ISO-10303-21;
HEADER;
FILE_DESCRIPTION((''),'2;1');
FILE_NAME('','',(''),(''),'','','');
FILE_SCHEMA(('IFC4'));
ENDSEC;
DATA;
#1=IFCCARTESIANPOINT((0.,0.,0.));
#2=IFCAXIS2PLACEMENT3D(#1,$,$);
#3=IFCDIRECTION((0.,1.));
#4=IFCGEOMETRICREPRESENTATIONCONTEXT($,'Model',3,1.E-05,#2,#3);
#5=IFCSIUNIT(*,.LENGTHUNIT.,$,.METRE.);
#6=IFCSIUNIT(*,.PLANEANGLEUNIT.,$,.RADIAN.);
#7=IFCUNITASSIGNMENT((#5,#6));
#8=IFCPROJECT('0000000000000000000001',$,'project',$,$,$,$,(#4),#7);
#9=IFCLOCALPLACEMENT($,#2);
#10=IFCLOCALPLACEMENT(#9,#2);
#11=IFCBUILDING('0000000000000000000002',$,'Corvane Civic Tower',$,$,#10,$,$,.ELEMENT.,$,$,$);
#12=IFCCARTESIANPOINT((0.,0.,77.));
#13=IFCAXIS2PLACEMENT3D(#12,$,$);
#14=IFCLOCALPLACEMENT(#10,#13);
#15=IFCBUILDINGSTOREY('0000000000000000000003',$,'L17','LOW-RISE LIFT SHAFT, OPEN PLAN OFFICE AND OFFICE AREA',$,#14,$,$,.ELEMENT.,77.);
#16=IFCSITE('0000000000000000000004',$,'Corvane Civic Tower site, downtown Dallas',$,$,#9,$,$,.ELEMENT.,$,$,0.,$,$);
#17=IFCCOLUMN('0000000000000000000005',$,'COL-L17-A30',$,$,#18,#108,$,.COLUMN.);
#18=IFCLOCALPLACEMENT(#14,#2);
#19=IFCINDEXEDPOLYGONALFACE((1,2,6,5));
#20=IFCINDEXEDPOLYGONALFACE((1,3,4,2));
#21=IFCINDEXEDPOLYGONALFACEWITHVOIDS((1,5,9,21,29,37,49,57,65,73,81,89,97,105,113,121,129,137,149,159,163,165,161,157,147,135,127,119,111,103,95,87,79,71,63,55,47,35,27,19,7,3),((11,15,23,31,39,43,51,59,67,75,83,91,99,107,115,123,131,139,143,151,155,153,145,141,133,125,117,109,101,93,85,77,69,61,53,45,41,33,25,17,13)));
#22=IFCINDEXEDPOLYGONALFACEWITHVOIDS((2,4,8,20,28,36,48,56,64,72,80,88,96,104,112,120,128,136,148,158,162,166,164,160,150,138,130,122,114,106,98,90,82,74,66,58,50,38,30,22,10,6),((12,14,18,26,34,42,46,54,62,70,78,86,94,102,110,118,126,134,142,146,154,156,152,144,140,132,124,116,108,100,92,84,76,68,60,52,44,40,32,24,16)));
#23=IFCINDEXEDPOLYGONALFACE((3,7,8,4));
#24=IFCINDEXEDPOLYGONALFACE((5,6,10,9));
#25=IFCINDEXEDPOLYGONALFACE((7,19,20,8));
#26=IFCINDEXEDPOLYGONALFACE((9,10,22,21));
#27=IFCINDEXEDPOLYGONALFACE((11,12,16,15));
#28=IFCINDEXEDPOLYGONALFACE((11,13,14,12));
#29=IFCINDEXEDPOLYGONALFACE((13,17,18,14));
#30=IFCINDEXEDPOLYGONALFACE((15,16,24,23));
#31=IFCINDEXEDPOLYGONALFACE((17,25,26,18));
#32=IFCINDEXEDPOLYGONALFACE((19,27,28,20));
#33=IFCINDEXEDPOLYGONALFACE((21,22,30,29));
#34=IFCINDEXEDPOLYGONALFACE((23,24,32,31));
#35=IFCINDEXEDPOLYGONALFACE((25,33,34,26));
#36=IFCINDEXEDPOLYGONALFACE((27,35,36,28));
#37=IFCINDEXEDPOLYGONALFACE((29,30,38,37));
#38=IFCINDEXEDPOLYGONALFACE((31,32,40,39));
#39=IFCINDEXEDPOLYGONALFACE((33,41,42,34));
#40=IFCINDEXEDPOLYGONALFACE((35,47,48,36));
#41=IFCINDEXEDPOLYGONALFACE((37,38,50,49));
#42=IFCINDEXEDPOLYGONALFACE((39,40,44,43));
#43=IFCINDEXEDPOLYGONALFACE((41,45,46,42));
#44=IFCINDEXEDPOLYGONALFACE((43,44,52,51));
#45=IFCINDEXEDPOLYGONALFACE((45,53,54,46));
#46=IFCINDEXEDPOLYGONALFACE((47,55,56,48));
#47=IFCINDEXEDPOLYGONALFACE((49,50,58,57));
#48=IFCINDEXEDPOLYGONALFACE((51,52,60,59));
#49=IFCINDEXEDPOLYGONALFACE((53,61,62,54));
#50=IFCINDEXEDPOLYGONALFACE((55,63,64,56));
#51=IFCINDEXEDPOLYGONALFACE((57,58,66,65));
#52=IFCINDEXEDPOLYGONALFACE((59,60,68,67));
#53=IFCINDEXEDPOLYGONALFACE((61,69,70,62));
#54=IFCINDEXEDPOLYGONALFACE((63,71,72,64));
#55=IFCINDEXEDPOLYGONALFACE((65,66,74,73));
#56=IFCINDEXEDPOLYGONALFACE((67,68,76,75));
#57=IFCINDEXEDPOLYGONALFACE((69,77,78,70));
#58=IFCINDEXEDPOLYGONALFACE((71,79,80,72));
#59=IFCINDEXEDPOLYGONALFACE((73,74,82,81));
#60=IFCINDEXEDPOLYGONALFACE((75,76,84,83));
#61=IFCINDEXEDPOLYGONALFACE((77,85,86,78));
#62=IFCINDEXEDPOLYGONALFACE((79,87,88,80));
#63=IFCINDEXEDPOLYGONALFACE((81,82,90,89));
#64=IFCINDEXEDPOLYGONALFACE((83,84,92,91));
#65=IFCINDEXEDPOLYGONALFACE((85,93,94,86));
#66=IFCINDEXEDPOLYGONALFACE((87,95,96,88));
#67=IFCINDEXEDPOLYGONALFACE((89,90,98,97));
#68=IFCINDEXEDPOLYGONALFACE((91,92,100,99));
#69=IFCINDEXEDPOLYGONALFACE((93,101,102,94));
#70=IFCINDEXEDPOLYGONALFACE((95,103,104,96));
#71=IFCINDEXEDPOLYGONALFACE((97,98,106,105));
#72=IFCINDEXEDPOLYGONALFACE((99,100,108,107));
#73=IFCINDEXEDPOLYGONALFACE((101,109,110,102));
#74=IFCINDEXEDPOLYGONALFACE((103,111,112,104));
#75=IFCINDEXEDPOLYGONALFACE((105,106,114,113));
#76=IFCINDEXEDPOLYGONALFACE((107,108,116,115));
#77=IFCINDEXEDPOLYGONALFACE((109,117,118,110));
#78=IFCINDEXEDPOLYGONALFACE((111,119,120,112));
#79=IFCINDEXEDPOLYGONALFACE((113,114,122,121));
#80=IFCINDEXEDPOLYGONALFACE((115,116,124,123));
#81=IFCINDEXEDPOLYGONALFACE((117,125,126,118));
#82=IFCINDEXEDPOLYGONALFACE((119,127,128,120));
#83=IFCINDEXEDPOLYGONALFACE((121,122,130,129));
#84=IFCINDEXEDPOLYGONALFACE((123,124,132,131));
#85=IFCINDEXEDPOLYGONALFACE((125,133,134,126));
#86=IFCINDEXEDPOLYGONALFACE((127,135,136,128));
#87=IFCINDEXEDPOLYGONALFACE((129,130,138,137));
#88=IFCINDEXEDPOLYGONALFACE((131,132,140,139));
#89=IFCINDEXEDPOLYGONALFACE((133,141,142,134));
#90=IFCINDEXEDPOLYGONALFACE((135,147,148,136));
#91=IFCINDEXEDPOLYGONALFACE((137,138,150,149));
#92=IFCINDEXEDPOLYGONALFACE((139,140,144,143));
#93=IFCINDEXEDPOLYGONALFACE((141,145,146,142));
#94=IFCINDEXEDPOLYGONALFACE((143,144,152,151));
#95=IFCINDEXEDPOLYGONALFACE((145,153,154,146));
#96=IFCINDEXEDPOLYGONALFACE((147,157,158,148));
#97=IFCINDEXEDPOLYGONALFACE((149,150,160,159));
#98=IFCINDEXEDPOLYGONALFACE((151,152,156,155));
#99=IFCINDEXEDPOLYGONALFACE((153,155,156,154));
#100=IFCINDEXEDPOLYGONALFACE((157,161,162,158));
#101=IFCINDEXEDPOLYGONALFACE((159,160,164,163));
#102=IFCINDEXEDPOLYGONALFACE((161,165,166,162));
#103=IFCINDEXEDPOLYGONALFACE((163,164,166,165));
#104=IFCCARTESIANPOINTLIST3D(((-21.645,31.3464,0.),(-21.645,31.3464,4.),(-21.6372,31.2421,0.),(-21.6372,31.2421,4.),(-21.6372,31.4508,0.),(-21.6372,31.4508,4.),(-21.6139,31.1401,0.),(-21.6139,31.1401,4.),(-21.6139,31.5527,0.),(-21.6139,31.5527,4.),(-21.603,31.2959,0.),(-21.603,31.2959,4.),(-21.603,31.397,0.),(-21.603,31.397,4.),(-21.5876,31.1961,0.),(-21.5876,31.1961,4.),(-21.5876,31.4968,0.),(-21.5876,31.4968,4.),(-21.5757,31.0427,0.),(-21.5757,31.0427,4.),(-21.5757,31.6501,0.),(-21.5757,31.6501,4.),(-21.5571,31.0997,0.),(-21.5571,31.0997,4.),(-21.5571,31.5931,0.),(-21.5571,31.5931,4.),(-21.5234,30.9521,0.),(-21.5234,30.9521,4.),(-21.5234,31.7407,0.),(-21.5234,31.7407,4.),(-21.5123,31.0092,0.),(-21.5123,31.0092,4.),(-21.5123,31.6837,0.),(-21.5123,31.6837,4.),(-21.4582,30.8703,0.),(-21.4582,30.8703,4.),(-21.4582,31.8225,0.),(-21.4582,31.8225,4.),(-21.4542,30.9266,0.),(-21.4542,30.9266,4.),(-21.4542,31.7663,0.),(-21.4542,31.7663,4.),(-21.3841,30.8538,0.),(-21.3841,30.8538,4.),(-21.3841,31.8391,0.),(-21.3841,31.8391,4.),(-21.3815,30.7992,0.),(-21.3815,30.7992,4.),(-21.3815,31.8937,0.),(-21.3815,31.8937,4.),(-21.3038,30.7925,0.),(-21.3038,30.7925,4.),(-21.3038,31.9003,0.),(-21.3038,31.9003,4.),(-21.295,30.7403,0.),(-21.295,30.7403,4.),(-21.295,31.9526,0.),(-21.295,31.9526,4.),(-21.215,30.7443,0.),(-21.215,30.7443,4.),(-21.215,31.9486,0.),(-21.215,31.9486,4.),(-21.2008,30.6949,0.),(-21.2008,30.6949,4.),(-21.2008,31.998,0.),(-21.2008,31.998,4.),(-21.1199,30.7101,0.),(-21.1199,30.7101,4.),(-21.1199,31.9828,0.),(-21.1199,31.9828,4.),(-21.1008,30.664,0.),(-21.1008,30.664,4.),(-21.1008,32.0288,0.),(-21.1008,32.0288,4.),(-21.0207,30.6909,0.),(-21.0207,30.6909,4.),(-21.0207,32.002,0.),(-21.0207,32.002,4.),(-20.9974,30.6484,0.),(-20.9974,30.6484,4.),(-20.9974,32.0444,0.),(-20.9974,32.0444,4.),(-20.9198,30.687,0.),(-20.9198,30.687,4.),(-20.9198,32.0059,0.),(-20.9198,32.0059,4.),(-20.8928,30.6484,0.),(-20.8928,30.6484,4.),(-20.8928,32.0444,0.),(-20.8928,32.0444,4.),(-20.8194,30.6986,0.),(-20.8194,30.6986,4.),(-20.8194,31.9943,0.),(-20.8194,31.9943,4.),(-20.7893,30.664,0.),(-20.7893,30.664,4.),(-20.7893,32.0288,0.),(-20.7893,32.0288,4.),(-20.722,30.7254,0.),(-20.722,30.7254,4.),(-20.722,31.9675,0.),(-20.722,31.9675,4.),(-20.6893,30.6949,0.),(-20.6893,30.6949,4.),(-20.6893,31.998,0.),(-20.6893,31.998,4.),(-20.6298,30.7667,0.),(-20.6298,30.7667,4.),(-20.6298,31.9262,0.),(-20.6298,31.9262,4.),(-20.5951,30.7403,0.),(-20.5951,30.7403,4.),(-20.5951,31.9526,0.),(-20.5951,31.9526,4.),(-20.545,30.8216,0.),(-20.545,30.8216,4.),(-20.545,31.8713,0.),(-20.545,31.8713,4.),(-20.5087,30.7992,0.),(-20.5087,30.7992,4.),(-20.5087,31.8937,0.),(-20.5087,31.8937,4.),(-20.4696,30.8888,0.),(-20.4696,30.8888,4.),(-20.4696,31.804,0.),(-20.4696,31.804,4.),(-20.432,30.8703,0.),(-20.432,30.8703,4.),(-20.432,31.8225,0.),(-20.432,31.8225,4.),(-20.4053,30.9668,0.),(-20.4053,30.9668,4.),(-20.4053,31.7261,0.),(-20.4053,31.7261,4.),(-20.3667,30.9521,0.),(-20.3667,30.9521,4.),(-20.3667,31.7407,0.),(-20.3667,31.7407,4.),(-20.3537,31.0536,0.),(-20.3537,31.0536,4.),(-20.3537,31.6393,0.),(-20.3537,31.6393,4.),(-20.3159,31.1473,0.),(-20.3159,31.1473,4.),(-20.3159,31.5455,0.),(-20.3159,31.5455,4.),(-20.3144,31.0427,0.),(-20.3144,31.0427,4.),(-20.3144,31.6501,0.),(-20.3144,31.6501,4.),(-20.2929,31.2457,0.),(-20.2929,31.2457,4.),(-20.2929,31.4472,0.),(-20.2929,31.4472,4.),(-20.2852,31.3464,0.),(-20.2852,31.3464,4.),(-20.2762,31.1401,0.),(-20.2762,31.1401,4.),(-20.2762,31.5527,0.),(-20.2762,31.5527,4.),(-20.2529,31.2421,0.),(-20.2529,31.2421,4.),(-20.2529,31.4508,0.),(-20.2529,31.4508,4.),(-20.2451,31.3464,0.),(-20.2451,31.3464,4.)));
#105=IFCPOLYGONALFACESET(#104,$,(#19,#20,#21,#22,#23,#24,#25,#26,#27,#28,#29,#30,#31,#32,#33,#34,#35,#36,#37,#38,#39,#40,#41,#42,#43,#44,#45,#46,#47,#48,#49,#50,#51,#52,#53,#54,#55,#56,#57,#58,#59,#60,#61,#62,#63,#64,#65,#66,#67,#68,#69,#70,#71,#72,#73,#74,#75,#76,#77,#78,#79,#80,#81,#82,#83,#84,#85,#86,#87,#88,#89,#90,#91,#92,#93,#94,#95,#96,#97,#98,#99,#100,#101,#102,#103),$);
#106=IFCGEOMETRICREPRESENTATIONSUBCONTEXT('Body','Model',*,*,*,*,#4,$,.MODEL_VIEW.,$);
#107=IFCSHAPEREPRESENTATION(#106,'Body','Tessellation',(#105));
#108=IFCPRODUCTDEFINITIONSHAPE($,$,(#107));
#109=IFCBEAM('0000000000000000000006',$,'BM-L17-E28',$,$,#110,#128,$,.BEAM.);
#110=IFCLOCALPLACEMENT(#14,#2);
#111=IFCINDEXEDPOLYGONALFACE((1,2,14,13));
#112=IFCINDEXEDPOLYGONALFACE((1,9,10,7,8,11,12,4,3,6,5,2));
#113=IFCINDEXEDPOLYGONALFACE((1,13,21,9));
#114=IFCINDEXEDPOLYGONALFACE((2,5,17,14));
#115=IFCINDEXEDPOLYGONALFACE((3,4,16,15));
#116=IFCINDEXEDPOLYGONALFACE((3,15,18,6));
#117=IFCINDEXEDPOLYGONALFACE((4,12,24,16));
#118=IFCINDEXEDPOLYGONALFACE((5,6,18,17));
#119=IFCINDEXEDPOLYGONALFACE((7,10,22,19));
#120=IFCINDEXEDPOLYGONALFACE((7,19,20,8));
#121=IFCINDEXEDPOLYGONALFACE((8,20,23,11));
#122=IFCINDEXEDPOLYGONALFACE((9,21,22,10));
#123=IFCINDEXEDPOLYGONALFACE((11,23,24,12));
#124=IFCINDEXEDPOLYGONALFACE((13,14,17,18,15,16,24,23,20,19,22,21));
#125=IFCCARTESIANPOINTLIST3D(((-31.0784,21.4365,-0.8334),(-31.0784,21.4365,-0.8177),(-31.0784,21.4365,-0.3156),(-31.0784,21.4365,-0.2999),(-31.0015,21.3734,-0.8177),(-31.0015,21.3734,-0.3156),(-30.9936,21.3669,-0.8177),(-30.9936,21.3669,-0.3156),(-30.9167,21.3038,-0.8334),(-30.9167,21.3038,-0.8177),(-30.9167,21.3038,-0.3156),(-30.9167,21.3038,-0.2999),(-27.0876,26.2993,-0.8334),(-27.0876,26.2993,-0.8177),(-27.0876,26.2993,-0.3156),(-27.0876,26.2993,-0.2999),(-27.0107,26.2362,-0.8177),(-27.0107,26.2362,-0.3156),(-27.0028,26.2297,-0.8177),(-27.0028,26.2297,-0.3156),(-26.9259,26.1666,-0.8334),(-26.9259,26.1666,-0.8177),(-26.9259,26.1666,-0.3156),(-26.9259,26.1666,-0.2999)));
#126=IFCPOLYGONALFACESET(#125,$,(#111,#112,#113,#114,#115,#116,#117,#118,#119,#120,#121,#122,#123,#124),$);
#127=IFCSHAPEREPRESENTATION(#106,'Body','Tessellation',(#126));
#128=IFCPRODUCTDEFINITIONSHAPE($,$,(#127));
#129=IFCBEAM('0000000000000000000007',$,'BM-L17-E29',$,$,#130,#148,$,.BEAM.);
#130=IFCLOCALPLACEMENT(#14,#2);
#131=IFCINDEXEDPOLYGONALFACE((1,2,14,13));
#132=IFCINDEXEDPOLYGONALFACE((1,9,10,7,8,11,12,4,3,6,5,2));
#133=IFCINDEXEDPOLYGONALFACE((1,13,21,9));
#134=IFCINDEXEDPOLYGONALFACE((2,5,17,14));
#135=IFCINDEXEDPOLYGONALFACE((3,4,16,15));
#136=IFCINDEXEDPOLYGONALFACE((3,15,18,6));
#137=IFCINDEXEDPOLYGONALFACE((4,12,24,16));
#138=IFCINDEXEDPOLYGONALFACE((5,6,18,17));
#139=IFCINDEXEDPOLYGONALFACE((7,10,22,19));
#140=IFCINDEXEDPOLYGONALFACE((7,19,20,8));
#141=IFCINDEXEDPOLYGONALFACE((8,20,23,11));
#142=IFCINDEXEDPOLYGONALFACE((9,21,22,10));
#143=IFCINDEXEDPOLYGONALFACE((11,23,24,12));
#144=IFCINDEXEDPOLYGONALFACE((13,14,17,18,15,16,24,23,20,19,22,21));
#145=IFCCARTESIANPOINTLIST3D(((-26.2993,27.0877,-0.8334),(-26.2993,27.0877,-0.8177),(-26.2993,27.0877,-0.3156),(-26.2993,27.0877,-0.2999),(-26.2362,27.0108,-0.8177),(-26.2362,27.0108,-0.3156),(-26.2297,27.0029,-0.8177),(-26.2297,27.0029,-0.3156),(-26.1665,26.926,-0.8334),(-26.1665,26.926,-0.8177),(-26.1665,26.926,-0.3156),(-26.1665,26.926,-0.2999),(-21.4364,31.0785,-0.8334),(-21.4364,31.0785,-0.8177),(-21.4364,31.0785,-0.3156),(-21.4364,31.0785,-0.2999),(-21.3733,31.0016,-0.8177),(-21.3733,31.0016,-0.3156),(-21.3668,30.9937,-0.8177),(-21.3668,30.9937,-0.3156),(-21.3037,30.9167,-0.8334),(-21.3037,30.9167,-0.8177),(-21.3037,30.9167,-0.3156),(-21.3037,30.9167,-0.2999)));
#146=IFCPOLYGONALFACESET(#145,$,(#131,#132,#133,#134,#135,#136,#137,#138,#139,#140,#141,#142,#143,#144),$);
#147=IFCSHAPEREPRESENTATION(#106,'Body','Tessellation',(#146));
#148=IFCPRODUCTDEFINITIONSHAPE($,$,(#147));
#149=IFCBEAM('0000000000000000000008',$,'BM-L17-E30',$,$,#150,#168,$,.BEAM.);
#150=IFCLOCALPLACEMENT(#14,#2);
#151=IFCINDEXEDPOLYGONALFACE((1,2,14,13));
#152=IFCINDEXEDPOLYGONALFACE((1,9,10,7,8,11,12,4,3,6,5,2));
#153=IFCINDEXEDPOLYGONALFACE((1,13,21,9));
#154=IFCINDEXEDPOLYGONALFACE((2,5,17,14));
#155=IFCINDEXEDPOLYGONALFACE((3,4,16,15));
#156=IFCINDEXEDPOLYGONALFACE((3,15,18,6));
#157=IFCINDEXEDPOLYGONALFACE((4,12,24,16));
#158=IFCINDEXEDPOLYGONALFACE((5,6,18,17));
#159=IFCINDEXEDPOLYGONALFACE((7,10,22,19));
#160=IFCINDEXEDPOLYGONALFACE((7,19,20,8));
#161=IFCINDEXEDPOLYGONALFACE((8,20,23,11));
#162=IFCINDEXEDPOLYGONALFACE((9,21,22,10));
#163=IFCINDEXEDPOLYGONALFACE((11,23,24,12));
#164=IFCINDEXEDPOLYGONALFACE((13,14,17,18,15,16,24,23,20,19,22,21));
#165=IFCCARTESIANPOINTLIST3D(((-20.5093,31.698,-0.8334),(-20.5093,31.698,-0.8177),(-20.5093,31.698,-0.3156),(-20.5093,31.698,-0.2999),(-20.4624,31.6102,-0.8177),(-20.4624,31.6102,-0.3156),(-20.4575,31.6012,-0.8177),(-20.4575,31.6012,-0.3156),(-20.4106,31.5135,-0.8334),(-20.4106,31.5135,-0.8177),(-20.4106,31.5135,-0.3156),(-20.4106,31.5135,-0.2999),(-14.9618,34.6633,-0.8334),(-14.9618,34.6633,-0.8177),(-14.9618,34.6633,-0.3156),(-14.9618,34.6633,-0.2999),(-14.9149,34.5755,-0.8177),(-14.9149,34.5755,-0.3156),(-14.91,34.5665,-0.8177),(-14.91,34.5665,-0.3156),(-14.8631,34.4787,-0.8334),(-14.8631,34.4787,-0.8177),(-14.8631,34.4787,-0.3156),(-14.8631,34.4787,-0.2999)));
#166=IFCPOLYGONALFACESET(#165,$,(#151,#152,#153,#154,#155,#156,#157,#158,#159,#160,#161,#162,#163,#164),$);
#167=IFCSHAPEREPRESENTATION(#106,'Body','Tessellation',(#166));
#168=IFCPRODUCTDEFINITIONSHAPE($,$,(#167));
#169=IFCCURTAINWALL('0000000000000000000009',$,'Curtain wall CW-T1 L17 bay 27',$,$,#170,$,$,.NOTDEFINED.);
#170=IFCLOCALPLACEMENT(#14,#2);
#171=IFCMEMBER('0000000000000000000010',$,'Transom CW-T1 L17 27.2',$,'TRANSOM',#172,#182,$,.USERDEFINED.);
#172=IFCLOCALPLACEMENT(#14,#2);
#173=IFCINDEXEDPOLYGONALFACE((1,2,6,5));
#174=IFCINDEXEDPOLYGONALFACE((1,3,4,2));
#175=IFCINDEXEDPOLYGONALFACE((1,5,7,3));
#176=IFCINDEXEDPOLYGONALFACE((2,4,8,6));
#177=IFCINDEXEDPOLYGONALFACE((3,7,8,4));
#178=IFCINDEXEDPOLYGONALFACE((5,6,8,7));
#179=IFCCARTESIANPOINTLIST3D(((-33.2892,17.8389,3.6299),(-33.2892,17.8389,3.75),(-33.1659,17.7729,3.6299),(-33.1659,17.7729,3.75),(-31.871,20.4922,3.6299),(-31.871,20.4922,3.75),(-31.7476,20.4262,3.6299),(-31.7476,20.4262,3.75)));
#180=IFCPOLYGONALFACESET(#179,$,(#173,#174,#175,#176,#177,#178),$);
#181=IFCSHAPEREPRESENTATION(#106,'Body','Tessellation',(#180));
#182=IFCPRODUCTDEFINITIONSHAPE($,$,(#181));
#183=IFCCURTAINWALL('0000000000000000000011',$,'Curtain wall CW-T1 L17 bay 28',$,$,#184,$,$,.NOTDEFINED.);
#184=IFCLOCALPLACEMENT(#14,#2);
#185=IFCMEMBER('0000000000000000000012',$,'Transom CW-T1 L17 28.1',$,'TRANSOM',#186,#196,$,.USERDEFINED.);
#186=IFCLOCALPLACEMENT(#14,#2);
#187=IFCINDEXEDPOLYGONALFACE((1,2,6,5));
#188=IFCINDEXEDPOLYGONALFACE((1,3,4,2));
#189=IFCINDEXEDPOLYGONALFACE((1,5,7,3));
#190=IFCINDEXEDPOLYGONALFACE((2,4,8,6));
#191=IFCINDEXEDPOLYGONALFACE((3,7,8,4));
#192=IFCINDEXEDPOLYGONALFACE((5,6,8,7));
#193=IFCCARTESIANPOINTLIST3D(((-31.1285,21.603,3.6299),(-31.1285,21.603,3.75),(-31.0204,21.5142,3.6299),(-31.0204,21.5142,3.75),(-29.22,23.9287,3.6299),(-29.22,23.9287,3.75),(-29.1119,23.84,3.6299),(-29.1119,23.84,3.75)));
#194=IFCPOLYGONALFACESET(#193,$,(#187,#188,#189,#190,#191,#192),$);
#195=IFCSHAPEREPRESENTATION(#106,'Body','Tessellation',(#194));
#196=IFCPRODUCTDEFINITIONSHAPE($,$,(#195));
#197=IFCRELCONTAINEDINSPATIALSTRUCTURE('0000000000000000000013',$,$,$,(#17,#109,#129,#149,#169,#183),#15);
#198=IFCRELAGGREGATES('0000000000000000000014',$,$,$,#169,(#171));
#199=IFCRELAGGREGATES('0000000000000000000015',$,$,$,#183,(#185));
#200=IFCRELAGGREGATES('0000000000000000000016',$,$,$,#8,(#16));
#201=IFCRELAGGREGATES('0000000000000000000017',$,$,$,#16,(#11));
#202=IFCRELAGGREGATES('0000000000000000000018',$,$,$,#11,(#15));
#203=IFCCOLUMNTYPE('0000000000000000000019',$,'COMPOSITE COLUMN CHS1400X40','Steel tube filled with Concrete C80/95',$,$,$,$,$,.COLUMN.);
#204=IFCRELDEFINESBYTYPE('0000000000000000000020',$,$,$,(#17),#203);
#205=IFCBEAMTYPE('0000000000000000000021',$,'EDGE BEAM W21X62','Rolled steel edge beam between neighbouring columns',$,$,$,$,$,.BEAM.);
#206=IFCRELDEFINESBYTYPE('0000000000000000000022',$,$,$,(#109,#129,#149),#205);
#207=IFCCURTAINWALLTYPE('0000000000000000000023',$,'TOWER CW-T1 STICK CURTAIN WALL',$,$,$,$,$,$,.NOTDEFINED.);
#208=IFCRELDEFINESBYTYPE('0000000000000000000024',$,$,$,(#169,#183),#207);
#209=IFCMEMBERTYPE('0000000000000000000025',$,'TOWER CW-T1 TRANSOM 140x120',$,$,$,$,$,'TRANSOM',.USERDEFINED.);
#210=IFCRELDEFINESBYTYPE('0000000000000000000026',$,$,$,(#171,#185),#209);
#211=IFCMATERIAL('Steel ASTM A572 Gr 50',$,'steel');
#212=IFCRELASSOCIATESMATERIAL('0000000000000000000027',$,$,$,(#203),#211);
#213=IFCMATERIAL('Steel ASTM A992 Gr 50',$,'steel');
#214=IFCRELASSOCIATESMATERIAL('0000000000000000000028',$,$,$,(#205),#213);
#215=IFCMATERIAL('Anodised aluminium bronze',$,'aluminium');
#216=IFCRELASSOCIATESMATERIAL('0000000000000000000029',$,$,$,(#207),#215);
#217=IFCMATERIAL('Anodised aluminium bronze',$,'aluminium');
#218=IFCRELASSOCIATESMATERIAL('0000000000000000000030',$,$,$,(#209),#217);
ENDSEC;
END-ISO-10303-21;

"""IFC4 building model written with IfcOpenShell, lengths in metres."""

from ifc_helpers import new_model, si_unit, direction, frame, origin, origin_2d, place, context, subcontext, project, spatial, rectangle, hollow_circle, i_section, extrude, material, material_profile, profile_set, type_object, element, aggregate, save


model = new_model("IFC4")

# Units and contexts
model_context = context("Model", 3, precision=1e-05, world=origin(), true_north=direction((0.0, 1.0)))
body_context = subcontext(model_context, "Body", "Model", "MODEL_VIEW")
ifc_project = project(units=[si_unit("LENGTHUNIT", "METRE"), si_unit("PLANEANGLEUNIT", "RADIAN")], contexts=[model_context])

# Site, building, storey
site_placement = place(None, origin())
site = spatial("IfcSite", under=ifc_project, at=site_placement, Name="Corvane Civic Tower site, downtown Dallas", CompositionType="ELEMENT", RefElevation=0.0)
building_placement = place(site_placement, origin())
building = spatial("IfcBuilding", under=site, at=building_placement, Name="Corvane Civic Tower", CompositionType="ELEMENT")
storey_placement = place(building_placement, frame((0.0, 0.0, 77.0)))
storey = spatial("IfcBuildingStorey", under=building, at=storey_placement, Name="L17", Description="LOW-RISE LIFT SHAFT, OPEN PLAN OFFICE AND OFFICE AREA", CompositionType="ELEMENT", Elevation=77.0)

# Column
ifc_material_1 = material(Name="Steel ASTM A572 Gr 50", Category="steel")
ifc_material_profile_1 = material_profile(ifc_material_1, hollow_circle(Radius=0.7, WallThickness=0.04, at=origin_2d()), Name="CHS1400X40")
ifc_profile_set_1 = profile_set([ifc_material_profile_1], Name="Steel ASTM A572 Gr 50")
column_type = type_object("IfcColumnType", Name="COMPOSITE COLUMN CHS1400X40", Description="Steel tube filled with Concrete C80/95", PredefinedType="COLUMN", material=ifc_profile_set_1)
for number, where, z_axis, x_axis, name in (
    (1, (-20.9451, 31.3464, 0.0), (0.0, 0.0, 1.0), (1.0, 0.0, 0.0), "COL-L17-A30"),
):
    element("IfcColumn", number, at=place(storey_placement, frame(where, z_axis=z_axis, x_axis=x_axis)), inside=storey, type_object=column_type, Name=name, PredefinedType="COLUMN", context=body_context, shape_type="SweptSolid", body=[
        extrude(hollow_circle(Radius=0.7, WallThickness=0.04, at=origin_2d()), origin(), (0.0, 0.0, 1.0), 4.0),
    ])

# Beams
ifc_material_2 = material(Name="Steel ASTM A992 Gr 50", Category="steel")
ifc_material_profile_2 = material_profile(ifc_material_2, i_section(OverallWidth=0.2092, OverallDepth=0.5334, WebThickness=0.0103, FlangeThickness=0.0156, at=origin_2d()), Name="W21X62")
ifc_profile_set_2 = profile_set([ifc_material_profile_2], Name="Steel ASTM A992 Gr 50")
beam_type = type_object("IfcBeamType", Name="EDGE BEAM W21X62", Description="Rolled steel edge beam between neighbouring columns", PredefinedType="BEAM", material=ifc_profile_set_2)
for number, where, z_axis, x_axis, name in (
    (2, (-30.9976, 21.3701, -0.5667), (0.634387, 0.773016, 0.0), (-0.773016, 0.634387, 0.0), "BM-L17-E28"),
    (3, (-26.2329, 27.0068, -0.5667), (0.773016, 0.634387, 0.0), (-0.634387, 0.773016, 0.0), "BM-L17-E29"),
):
    element("IfcBeam", number, at=place(storey_placement, frame(where, z_axis=z_axis, x_axis=x_axis)), inside=storey, type_object=beam_type, Name=name, PredefinedType="BEAM", context=body_context, shape_type="SweptSolid", body=[
        extrude(i_section(OverallWidth=0.2092, OverallDepth=0.5334, WebThickness=0.0103, FlangeThickness=0.0156, at=origin_2d()), origin(), (0.0, 0.0, 1.0), 6.2908),
    ])
beam_placement = place(storey_placement, frame((-20.46, 31.6057, -0.5667), z_axis=(0.881916, 0.471406, 0.0), x_axis=(-0.471406, 0.881916, 0.0)))
element("IfcBeam", 4, at=beam_placement, inside=storey, type_object=beam_type, Name="BM-L17-E30", PredefinedType="BEAM", context=body_context, shape_type="SweptSolid", body=[
    extrude(i_section(OverallWidth=0.2092, OverallDepth=0.5334, WebThickness=0.0103, FlangeThickness=0.0156, at=origin_2d()), origin(), (0.0, 0.0, 1.0), 6.2903),
])

# Curtain wall, member
ifc_material_3 = material(Name="Anodised aluminium bronze", Category="aluminium")
curtain_wall_type = type_object("IfcCurtainWallType", Name="TOWER CW-T1 STICK CURTAIN WALL", PredefinedType="NOTDEFINED", material=ifc_material_3)
curtain_wall_1_placement = place(storey_placement, origin())
curtain_wall_1 = element("IfcCurtainWall", 5, at=curtain_wall_1_placement, inside=storey, type_object=curtain_wall_type, Name="Curtain wall CW-T1 L17 bay 27", PredefinedType="NOTDEFINED")
ifc_material_4 = material(Name="Anodised aluminium bronze", Category="aluminium")
ifc_material_profile_3 = material_profile(ifc_material_4, rectangle(XDim=0.1399, YDim=0.1201, at=origin_2d()), Name="TOWER CW-T1 TRANSOM 140x120")
ifc_profile_set_3 = profile_set([ifc_material_profile_3], Name="Anodised aluminium bronze")
member_type_1 = type_object("IfcMemberType", Name="TOWER CW-T1 TRANSOM 140x120", ElementType="TRANSOM", PredefinedType="USERDEFINED", material=ifc_profile_set_3)
member_1_placement = place(storey_placement, frame((-33.2275, 17.8059, 3.6899), z_axis=(0.471393, 0.881924, 0.0), x_axis=(-0.881924, 0.471393, 0.0)))
member_1 = element("IfcMember", 6, at=member_1_placement, type_object=member_type_1, Name="Transom CW-T1 L17 27.2", ObjectType="TRANSOM", PredefinedType="USERDEFINED", context=body_context, shape_type="SweptSolid", body=[
    extrude(rectangle(XDim=0.1399, YDim=0.1201, at=origin_2d()), origin(), (0.0, 0.0, 1.0), 3.0085),
])

# Curtain wall, member
curtain_wall_2_placement = place(storey_placement, origin())
curtain_wall_2 = element("IfcCurtainWall", 7, at=curtain_wall_2_placement, inside=storey, type_object=curtain_wall_type, Name="Curtain wall CW-T1 L17 bay 28", PredefinedType="NOTDEFINED")
member_2_placement = place(storey_placement, frame((-31.0745, 21.5586, 3.6899), z_axis=(0.634355, 0.773042, 0.0), x_axis=(-0.773042, 0.634355, 0.0)))
member_2 = element("IfcMember", 8, at=member_2_placement, type_object=member_type_1, Name="Transom CW-T1 L17 28.1", ObjectType="TRANSOM", PredefinedType="USERDEFINED", context=body_context, shape_type="SweptSolid", body=[
    extrude(rectangle(XDim=0.1399, YDim=0.1201, at=origin_2d()), origin(), (0.0, 0.0, 1.0), 3.0085),
])

aggregate(curtain_wall_1, [member_1])
aggregate(curtain_wall_2, [member_2])

save(model, "model.ifc")
